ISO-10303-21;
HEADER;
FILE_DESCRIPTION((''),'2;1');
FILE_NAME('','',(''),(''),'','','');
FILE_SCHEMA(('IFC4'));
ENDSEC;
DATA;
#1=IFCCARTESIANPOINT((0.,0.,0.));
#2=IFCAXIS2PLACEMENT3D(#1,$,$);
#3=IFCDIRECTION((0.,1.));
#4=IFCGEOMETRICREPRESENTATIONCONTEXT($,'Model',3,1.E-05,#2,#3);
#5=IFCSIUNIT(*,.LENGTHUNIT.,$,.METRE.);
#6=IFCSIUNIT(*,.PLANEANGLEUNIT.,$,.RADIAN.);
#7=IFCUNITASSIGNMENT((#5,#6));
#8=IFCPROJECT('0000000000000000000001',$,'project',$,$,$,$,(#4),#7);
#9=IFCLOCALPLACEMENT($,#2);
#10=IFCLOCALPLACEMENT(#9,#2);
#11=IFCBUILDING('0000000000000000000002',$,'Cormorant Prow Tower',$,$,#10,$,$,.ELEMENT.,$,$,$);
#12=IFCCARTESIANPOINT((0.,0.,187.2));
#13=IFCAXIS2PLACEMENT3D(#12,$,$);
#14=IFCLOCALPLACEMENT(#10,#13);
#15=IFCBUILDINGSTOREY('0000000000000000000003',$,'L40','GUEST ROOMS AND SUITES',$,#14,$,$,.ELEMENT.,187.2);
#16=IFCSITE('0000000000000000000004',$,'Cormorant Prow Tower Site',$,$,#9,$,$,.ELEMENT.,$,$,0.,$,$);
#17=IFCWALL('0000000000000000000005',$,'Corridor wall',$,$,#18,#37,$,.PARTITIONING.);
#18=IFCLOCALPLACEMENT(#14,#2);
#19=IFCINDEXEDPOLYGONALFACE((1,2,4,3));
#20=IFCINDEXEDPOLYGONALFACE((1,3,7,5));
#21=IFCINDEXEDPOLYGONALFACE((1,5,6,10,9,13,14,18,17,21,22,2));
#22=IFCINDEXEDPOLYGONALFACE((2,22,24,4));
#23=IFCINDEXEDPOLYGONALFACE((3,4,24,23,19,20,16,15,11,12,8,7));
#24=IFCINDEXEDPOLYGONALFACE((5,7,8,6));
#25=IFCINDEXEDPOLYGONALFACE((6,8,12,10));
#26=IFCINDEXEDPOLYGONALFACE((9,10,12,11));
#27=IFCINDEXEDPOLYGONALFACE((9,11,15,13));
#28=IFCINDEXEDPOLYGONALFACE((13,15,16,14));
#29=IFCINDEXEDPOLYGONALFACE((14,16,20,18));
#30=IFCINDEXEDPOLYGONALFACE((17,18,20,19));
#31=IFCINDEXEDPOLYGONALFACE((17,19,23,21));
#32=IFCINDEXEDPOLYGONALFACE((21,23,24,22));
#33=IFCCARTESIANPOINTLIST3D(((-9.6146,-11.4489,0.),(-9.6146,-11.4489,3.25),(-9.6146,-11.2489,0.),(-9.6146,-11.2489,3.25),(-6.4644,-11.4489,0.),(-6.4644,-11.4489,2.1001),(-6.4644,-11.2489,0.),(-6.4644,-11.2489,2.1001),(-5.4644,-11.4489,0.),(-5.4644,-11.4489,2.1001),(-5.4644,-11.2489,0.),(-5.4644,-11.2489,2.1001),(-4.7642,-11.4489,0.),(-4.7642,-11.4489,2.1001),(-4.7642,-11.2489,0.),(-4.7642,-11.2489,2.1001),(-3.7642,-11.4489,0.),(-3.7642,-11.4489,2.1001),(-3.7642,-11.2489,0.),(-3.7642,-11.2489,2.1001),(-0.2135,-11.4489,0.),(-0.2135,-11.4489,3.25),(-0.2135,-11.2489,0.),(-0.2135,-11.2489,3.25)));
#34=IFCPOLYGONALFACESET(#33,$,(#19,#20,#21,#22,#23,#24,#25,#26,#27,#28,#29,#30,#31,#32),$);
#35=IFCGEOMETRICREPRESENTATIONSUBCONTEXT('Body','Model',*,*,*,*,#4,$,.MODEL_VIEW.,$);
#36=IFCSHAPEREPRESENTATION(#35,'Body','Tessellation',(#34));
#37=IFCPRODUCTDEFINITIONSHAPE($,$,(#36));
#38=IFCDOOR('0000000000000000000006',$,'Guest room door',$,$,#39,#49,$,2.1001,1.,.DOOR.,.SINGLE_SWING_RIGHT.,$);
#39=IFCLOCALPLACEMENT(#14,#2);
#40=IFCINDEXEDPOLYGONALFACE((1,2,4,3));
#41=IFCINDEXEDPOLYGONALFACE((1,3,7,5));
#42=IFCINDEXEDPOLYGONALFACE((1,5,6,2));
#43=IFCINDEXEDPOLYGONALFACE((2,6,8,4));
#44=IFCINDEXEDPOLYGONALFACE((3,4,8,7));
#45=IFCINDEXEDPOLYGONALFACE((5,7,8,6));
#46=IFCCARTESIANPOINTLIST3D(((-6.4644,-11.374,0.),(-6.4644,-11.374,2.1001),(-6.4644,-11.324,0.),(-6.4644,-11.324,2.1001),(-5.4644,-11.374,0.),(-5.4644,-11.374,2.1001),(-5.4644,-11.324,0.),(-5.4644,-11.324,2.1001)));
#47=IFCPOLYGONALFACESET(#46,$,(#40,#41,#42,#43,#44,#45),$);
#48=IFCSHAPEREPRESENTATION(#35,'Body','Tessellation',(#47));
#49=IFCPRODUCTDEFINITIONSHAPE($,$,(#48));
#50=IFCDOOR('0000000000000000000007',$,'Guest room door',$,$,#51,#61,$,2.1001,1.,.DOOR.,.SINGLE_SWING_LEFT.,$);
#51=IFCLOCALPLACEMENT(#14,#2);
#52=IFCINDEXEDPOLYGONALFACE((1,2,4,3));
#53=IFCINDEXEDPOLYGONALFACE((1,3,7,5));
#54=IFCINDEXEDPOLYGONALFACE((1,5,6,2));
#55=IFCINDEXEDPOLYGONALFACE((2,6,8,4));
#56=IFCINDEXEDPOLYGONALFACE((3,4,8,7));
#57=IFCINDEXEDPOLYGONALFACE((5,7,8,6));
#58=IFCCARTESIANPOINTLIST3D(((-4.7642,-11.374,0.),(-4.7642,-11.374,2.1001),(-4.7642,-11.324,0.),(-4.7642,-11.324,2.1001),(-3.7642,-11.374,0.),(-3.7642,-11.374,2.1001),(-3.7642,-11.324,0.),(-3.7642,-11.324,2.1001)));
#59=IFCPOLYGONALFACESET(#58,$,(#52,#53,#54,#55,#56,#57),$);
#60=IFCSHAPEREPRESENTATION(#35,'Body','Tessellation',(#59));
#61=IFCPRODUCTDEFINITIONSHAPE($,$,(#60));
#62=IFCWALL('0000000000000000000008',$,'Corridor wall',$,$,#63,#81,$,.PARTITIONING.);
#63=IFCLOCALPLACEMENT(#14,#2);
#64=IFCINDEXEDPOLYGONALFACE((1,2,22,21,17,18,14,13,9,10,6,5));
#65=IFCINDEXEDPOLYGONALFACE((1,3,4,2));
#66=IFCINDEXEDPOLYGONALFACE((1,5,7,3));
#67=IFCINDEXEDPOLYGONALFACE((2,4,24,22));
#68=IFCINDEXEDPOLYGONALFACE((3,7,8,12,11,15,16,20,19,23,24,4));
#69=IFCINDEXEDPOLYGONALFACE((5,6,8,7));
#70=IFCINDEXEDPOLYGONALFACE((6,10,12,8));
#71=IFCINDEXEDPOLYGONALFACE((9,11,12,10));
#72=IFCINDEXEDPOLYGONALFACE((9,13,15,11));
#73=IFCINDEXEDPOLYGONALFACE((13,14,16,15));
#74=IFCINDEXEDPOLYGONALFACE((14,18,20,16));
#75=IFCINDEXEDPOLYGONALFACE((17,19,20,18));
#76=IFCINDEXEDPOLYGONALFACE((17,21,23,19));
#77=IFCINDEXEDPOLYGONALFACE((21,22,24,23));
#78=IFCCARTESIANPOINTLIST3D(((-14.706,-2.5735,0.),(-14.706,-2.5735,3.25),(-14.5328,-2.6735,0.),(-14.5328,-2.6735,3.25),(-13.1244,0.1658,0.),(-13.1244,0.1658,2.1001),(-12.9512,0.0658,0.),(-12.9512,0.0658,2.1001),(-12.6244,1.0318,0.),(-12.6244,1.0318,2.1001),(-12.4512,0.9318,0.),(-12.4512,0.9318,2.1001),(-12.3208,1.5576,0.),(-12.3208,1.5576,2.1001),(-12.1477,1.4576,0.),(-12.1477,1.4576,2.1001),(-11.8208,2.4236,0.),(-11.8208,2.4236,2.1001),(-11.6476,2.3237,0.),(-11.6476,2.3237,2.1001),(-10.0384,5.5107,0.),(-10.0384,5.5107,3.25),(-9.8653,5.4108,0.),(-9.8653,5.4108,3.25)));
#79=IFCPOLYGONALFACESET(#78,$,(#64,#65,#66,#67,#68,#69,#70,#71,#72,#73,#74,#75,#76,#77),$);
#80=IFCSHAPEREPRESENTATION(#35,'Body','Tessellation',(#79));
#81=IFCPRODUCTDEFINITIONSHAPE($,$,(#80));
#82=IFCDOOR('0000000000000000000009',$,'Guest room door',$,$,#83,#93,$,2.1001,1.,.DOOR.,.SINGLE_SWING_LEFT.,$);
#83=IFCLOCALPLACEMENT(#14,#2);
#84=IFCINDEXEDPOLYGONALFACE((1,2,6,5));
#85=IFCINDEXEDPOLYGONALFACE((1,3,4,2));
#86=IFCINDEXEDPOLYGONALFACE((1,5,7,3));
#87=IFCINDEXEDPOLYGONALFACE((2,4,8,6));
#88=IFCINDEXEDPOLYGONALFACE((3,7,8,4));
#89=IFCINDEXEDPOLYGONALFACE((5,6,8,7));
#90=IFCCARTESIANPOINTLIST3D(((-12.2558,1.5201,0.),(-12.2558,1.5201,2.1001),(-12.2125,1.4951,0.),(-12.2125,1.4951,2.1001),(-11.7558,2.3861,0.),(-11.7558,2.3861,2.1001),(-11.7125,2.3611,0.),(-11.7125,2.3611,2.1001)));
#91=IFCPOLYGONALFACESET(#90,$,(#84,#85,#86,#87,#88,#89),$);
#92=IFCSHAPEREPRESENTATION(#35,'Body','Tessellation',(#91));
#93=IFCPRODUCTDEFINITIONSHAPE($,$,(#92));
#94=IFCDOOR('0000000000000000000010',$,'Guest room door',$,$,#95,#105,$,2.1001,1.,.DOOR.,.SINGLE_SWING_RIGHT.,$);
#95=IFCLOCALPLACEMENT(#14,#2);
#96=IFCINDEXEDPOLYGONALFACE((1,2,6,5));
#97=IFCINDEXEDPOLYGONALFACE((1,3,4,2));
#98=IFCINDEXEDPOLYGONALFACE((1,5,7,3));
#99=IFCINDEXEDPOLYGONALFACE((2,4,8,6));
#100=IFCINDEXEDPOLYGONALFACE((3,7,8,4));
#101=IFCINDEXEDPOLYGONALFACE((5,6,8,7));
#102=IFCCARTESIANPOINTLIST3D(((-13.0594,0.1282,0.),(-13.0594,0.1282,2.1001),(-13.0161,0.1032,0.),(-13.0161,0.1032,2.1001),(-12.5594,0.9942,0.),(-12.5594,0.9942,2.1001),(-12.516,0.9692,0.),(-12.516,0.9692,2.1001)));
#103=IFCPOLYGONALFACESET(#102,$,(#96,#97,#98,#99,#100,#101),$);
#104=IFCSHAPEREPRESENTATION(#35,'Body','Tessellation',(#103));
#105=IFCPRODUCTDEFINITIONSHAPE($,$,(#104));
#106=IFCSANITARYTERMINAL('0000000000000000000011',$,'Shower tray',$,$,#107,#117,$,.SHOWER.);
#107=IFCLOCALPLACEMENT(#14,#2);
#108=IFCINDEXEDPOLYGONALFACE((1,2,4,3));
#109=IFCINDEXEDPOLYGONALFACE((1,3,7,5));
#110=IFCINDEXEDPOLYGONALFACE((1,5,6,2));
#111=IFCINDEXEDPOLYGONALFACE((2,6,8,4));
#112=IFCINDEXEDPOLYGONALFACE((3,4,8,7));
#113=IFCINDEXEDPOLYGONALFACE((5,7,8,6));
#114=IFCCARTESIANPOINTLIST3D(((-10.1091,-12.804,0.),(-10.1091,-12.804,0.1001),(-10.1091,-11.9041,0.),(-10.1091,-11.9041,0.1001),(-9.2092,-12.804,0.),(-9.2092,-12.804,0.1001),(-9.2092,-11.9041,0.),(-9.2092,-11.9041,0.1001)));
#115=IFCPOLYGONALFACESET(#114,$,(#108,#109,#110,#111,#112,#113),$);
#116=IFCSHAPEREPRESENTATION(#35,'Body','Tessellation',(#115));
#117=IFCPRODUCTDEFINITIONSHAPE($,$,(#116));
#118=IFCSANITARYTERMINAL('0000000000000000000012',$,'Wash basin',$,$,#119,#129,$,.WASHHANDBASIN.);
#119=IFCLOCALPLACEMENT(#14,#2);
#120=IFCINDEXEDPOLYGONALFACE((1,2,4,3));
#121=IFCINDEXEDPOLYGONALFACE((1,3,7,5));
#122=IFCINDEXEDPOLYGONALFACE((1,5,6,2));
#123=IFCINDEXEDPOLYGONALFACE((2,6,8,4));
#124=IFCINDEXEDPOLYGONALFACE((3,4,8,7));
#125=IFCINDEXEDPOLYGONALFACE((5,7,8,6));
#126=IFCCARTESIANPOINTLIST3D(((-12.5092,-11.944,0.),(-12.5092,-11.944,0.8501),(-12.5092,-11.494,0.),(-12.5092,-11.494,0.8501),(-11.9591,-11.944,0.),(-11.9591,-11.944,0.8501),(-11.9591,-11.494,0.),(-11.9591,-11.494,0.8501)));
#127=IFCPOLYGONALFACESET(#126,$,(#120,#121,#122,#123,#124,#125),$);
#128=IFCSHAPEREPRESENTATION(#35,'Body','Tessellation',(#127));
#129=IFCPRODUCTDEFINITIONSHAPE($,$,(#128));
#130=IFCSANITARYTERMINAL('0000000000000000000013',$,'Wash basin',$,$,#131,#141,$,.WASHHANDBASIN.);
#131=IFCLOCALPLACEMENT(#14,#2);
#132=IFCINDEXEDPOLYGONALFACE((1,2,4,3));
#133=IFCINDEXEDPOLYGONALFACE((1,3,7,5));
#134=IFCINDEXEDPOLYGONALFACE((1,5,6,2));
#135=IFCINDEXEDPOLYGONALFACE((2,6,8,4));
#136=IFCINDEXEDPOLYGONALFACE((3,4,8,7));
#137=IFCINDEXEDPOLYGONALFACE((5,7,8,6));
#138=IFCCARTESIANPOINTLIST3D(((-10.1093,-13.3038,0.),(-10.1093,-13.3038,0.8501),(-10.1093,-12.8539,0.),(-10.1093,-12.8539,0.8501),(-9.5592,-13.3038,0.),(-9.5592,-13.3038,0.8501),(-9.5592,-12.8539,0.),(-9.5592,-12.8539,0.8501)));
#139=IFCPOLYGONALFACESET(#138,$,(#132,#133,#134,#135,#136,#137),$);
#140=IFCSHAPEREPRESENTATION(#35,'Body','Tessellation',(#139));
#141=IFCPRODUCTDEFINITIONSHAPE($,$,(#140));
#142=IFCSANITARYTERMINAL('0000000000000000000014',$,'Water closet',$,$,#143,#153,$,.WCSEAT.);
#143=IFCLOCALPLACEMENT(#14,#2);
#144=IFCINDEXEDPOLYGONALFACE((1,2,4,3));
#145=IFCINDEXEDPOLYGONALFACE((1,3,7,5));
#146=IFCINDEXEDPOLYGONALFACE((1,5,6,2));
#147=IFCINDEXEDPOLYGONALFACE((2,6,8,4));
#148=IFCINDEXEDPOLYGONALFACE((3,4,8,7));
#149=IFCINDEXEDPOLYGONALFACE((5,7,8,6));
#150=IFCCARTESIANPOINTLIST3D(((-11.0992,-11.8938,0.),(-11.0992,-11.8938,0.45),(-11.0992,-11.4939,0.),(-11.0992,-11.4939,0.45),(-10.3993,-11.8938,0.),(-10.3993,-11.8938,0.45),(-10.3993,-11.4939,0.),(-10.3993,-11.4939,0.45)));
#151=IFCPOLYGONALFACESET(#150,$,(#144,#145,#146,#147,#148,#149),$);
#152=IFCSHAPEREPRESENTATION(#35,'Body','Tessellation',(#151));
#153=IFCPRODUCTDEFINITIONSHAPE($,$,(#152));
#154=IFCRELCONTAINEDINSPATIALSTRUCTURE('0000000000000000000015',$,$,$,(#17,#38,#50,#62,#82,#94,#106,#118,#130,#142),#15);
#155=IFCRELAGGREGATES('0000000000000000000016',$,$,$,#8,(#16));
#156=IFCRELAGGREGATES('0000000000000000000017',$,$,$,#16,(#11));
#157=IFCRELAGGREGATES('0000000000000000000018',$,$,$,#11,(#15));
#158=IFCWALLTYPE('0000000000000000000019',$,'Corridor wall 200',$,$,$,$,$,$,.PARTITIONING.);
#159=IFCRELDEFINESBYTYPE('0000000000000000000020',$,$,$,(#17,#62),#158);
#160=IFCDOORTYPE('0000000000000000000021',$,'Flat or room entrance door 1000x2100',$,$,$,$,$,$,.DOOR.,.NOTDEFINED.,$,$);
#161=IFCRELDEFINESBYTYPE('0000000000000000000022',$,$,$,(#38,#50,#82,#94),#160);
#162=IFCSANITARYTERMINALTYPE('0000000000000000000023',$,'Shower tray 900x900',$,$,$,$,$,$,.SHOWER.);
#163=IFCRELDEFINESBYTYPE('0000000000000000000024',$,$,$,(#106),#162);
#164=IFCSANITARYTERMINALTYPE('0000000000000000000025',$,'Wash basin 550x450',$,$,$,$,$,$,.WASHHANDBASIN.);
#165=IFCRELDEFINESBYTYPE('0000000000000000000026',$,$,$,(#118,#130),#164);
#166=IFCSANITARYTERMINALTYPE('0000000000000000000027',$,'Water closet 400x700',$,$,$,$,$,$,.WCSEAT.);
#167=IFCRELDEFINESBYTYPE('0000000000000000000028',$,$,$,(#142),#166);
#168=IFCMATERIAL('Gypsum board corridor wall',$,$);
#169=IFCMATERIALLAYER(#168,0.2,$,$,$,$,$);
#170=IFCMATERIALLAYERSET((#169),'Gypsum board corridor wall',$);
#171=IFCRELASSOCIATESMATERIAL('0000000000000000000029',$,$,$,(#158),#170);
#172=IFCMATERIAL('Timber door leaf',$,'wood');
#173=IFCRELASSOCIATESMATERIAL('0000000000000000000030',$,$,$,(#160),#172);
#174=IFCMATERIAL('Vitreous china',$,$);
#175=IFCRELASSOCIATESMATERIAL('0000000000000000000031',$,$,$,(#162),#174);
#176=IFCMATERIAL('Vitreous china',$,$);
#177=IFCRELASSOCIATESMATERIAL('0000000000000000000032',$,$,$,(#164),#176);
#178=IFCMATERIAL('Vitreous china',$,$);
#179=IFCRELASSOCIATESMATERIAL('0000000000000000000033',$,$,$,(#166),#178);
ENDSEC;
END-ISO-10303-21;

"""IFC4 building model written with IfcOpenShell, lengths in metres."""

from ifc_helpers import new_model, si_unit, direction, frame, frame_2d, origin, origin_2d, place, context, subcontext, project, spatial, rectangle, extrude, material, layer, layer_set, type_object, element, fill, save


model = new_model("IFC4")

# Units and contexts
model_context = context("Model", 3, precision=1e-05, world=origin(), true_north=direction((0.0, 1.0)))
body_context = subcontext(model_context, "Body", "Model", "MODEL_VIEW")
ifc_project = project(units=[si_unit("LENGTHUNIT", "METRE"), si_unit("PLANEANGLEUNIT", "RADIAN")], contexts=[model_context])

# Site, building, storey
site_placement = place(None, origin())
site = spatial("IfcSite", under=ifc_project, at=site_placement, Name="Cormorant Prow Tower Site", CompositionType="ELEMENT", RefElevation=0.0)
building_placement = place(site_placement, origin())
building = spatial("IfcBuilding", under=site, at=building_placement, Name="Cormorant Prow Tower", CompositionType="ELEMENT")
storey_placement = place(building_placement, frame((0.0, 0.0, 187.2)))
storey = spatial("IfcBuildingStorey", under=building, at=storey_placement, Name="L40", Description="GUEST ROOMS AND SUITES", CompositionType="ELEMENT", Elevation=187.2)

# Walls, openings, doors
ifc_material_1 = material(Name="Gypsum board corridor wall")
ifc_layer_1 = layer(ifc_material_1, 0.2)
ifc_layer_set_1 = layer_set([ifc_layer_1], Name="Gypsum board corridor wall")
wall_type_1 = type_object("IfcWallType", Name="Corridor wall 200", PredefinedType="PARTITIONING", material=ifc_layer_set_1)
wall_1_placement = place(storey_placement, frame((-9.6147, -11.3489, 0.0), z_axis=(0.0, 0.0, 1.0), x_axis=(1.0, 0.0, 0.0)))
wall_1 = element("IfcWall", 1, at=wall_1_placement, inside=storey, type_object=wall_type_1, Name="Corridor wall", PredefinedType="PARTITIONING", context=body_context, shape_type="SweptSolid", body=[
    extrude(rectangle(XDim=9.4011, YDim=0.2, at=frame_2d((4.7007, 0.0))), origin(), (0.0, 0.0, 1.0), 3.25),
])
opening_1_placement = place(wall_1_placement, frame((3.1504, 0.0, 0.0)))
opening_1 = element("IfcOpeningElement", 2, at=opening_1_placement, cuts=wall_1, PredefinedType="OPENING", context=body_context, shape_type="SweptSolid", body=[
    extrude(rectangle(XDim=1.0, YDim=2.1001, at=frame_2d((0.5, 1.05))), frame((0.0, 0.1099, 0.0), z_axis=(0.0, -1.0, 0.0), x_axis=(1.0, 0.0, 0.0)), (0.0, 0.0, 1.0), 0.22),
])
opening_2_placement = place(wall_1_placement, frame((4.8506, 0.0, 0.0)))
opening_2 = element("IfcOpeningElement", 3, at=opening_2_placement, cuts=wall_1, PredefinedType="OPENING", context=body_context, shape_type="SweptSolid", body=[
    extrude(rectangle(XDim=1.0, YDim=2.1001, at=frame_2d((0.5, 1.05))), frame((0.0, 0.1099, 0.0), z_axis=(0.0, -1.0, 0.0), x_axis=(1.0, 0.0, 0.0)), (0.0, 0.0, 1.0), 0.22),
])
ifc_material_2 = material(Name="Timber door leaf", Category="wood")
door_type_1 = type_object("IfcDoorType", Name="Flat or room entrance door 1000x2100", OperationType="NOTDEFINED", PredefinedType="DOOR", material=ifc_material_2)
door_1_placement = place(opening_1_placement, origin())
door_1 = element("IfcDoor", 4, at=door_1_placement, inside=storey, type_object=door_type_1, Name="Guest room door", OperationType="SINGLE_SWING_RIGHT", OverallHeight=2.1001, OverallWidth=1.0, PredefinedType="DOOR", context=body_context, shape_type="SweptSolid", body=[
    extrude(rectangle(XDim=1.0, YDim=2.1001, at=frame_2d((0.5, 1.05))), frame((0.0, 0.0249, 0.0), z_axis=(0.0, -1.0, 0.0), x_axis=(1.0, 0.0, 0.0)), (0.0, 0.0, 1.0), 0.05),
])
fill(opening_1, door_1)
door_2_placement = place(opening_2_placement, origin())
door_2 = element("IfcDoor", 5, at=door_2_placement, inside=storey, type_object=door_type_1, Name="Guest room door", OperationType="SINGLE_SWING_LEFT", OverallHeight=2.1001, OverallWidth=1.0, PredefinedType="DOOR", context=body_context, shape_type="SweptSolid", body=[
    extrude(rectangle(XDim=1.0, YDim=2.1001, at=frame_2d((0.5, 1.05))), frame((0.0, 0.0249, 0.0), z_axis=(0.0, -1.0, 0.0), x_axis=(1.0, 0.0, 0.0)), (0.0, 0.0, 1.0), 0.05),
])
fill(opening_2, door_2)
wall_2_placement = place(storey_placement, frame((-14.6194, -2.6235, 0.0), z_axis=(0.0, 0.0, 1.0), x_axis=(0.500004, 0.866023, 0.0)))
wall_2 = element("IfcWall", 6, at=wall_2_placement, inside=storey, type_object=wall_type_1, Name="Corridor wall", PredefinedType="PARTITIONING", context=body_context, shape_type="SweptSolid", body=[
    extrude(rectangle(XDim=9.335, YDim=0.2, at=frame_2d((4.6675, 0.0))), origin(), (0.0, 0.0, 1.0), 3.25),
])
opening_3_placement = place(wall_2_placement, frame((4.7703, 0.0, 0.0)))
opening_3 = element("IfcOpeningElement", 7, at=opening_3_placement, cuts=wall_2, PredefinedType="OPENING", context=body_context, shape_type="SweptSolid", body=[
    extrude(rectangle(XDim=1.0, YDim=2.1001, at=frame_2d((0.5, 1.05))), frame((0.0, 0.1099, 0.0), z_axis=(0.0, -1.0, 0.0), x_axis=(1.0, 0.0, 0.0)), (0.0, 0.0, 1.0), 0.22),
])
opening_4_placement = place(wall_2_placement, frame((3.1631, 0.0, 0.0)))
opening_4 = element("IfcOpeningElement", 8, at=opening_4_placement, cuts=wall_2, PredefinedType="OPENING", context=body_context, shape_type="SweptSolid", body=[
    extrude(rectangle(XDim=1.0, YDim=2.1001, at=frame_2d((0.5, 1.05))), frame((0.0, 0.1099, 0.0), z_axis=(0.0, -1.0, 0.0), x_axis=(1.0, 0.0, 0.0)), (0.0, 0.0, 1.0), 0.22),
])
door_3_placement = place(opening_3_placement, origin())
door_3 = element("IfcDoor", 9, at=door_3_placement, inside=storey, type_object=door_type_1, Name="Guest room door", OperationType="SINGLE_SWING_LEFT", OverallHeight=2.1001, OverallWidth=1.0, PredefinedType="DOOR", context=body_context, shape_type="SweptSolid", body=[
    extrude(rectangle(XDim=1.0, YDim=2.1001, at=frame_2d((0.5, 1.05))), frame((0.0, 0.0249, 0.0), z_axis=(0.0, -1.0, 0.0), x_axis=(1.0, 0.0, 0.0)), (0.0, 0.0, 1.0), 0.05),
])
fill(opening_3, door_3)
door_4_placement = place(opening_4_placement, origin())
door_4 = element("IfcDoor", 10, at=door_4_placement, inside=storey, type_object=door_type_1, Name="Guest room door", OperationType="SINGLE_SWING_RIGHT", OverallHeight=2.1001, OverallWidth=1.0, PredefinedType="DOOR", context=body_context, shape_type="SweptSolid", body=[
    extrude(rectangle(XDim=1.0, YDim=2.1001, at=frame_2d((0.5, 1.05))), frame((0.0, 0.0249, 0.0), z_axis=(0.0, -1.0, 0.0), x_axis=(1.0, 0.0, 0.0)), (0.0, 0.0, 1.0), 0.05),
])
fill(opening_4, door_4)

# Sanitary terminals
ifc_material_3 = material(Name="Vitreous china")
sanitary_terminal_type_1 = type_object("IfcSanitaryTerminalType", Name="Shower tray 900x900", PredefinedType="SHOWER", material=ifc_material_3)
sanitary_terminal_1_placement = place(storey_placement, frame((-9.6592, -12.354, 0.0), z_axis=(0.0, 0.0, 1.0), x_axis=(1.0, 0.0, 0.0)))
element("IfcSanitaryTerminal", 11, at=sanitary_terminal_1_placement, inside=storey, type_object=sanitary_terminal_type_1, Name="Shower tray", PredefinedType="SHOWER", context=body_context, shape_type="SweptSolid", body=[
    extrude(rectangle(XDim=0.8999, YDim=0.8999, at=origin_2d()), origin(), (0.0, 0.0, 1.0), 0.1001),
])
ifc_material_4 = material(Name="Vitreous china")
sanitary_terminal_type_2 = type_object("IfcSanitaryTerminalType", Name="Wash basin 550x450", PredefinedType="WASHHANDBASIN", material=ifc_material_4)
for number, where, z_axis, x_axis, name in (
    (12, (-12.2341, -11.719, 0.0), (0.0, 0.0, 1.0), (1.0, 0.0, 0.0), "Wash basin"),
    (13, (-9.8342, -13.0789, 0.0), (0.0, 0.0, 1.0), (1.0, 0.0, 0.0), "Wash basin"),
):
    element("IfcSanitaryTerminal", number, at=place(storey_placement, frame(where, z_axis=z_axis, x_axis=x_axis)), inside=storey, type_object=sanitary_terminal_type_2, Name=name, PredefinedType="WASHHANDBASIN", context=body_context, shape_type="SweptSolid", body=[
        extrude(rectangle(XDim=0.55, YDim=0.45, at=origin_2d()), origin(), (0.0, 0.0, 1.0), 0.8501),
    ])
ifc_material_5 = material(Name="Vitreous china")
sanitary_terminal_type_3 = type_object("IfcSanitaryTerminalType", Name="Water closet 400x700", PredefinedType="WCSEAT", material=ifc_material_5)
sanitary_terminal_2_placement = place(storey_placement, frame((-10.7493, -11.6938, 0.0), z_axis=(0.0, 0.0, 1.0), x_axis=(0.0, -1.0, 0.0)))
element("IfcSanitaryTerminal", 14, at=sanitary_terminal_2_placement, inside=storey, type_object=sanitary_terminal_type_3, Name="Water closet", PredefinedType="WCSEAT", context=body_context, shape_type="SweptSolid", body=[
    extrude(rectangle(XDim=0.3999, YDim=0.7, at=origin_2d()), origin(), (0.0, 0.0, 1.0), 0.45),
])

save(model, "model.ifc")
